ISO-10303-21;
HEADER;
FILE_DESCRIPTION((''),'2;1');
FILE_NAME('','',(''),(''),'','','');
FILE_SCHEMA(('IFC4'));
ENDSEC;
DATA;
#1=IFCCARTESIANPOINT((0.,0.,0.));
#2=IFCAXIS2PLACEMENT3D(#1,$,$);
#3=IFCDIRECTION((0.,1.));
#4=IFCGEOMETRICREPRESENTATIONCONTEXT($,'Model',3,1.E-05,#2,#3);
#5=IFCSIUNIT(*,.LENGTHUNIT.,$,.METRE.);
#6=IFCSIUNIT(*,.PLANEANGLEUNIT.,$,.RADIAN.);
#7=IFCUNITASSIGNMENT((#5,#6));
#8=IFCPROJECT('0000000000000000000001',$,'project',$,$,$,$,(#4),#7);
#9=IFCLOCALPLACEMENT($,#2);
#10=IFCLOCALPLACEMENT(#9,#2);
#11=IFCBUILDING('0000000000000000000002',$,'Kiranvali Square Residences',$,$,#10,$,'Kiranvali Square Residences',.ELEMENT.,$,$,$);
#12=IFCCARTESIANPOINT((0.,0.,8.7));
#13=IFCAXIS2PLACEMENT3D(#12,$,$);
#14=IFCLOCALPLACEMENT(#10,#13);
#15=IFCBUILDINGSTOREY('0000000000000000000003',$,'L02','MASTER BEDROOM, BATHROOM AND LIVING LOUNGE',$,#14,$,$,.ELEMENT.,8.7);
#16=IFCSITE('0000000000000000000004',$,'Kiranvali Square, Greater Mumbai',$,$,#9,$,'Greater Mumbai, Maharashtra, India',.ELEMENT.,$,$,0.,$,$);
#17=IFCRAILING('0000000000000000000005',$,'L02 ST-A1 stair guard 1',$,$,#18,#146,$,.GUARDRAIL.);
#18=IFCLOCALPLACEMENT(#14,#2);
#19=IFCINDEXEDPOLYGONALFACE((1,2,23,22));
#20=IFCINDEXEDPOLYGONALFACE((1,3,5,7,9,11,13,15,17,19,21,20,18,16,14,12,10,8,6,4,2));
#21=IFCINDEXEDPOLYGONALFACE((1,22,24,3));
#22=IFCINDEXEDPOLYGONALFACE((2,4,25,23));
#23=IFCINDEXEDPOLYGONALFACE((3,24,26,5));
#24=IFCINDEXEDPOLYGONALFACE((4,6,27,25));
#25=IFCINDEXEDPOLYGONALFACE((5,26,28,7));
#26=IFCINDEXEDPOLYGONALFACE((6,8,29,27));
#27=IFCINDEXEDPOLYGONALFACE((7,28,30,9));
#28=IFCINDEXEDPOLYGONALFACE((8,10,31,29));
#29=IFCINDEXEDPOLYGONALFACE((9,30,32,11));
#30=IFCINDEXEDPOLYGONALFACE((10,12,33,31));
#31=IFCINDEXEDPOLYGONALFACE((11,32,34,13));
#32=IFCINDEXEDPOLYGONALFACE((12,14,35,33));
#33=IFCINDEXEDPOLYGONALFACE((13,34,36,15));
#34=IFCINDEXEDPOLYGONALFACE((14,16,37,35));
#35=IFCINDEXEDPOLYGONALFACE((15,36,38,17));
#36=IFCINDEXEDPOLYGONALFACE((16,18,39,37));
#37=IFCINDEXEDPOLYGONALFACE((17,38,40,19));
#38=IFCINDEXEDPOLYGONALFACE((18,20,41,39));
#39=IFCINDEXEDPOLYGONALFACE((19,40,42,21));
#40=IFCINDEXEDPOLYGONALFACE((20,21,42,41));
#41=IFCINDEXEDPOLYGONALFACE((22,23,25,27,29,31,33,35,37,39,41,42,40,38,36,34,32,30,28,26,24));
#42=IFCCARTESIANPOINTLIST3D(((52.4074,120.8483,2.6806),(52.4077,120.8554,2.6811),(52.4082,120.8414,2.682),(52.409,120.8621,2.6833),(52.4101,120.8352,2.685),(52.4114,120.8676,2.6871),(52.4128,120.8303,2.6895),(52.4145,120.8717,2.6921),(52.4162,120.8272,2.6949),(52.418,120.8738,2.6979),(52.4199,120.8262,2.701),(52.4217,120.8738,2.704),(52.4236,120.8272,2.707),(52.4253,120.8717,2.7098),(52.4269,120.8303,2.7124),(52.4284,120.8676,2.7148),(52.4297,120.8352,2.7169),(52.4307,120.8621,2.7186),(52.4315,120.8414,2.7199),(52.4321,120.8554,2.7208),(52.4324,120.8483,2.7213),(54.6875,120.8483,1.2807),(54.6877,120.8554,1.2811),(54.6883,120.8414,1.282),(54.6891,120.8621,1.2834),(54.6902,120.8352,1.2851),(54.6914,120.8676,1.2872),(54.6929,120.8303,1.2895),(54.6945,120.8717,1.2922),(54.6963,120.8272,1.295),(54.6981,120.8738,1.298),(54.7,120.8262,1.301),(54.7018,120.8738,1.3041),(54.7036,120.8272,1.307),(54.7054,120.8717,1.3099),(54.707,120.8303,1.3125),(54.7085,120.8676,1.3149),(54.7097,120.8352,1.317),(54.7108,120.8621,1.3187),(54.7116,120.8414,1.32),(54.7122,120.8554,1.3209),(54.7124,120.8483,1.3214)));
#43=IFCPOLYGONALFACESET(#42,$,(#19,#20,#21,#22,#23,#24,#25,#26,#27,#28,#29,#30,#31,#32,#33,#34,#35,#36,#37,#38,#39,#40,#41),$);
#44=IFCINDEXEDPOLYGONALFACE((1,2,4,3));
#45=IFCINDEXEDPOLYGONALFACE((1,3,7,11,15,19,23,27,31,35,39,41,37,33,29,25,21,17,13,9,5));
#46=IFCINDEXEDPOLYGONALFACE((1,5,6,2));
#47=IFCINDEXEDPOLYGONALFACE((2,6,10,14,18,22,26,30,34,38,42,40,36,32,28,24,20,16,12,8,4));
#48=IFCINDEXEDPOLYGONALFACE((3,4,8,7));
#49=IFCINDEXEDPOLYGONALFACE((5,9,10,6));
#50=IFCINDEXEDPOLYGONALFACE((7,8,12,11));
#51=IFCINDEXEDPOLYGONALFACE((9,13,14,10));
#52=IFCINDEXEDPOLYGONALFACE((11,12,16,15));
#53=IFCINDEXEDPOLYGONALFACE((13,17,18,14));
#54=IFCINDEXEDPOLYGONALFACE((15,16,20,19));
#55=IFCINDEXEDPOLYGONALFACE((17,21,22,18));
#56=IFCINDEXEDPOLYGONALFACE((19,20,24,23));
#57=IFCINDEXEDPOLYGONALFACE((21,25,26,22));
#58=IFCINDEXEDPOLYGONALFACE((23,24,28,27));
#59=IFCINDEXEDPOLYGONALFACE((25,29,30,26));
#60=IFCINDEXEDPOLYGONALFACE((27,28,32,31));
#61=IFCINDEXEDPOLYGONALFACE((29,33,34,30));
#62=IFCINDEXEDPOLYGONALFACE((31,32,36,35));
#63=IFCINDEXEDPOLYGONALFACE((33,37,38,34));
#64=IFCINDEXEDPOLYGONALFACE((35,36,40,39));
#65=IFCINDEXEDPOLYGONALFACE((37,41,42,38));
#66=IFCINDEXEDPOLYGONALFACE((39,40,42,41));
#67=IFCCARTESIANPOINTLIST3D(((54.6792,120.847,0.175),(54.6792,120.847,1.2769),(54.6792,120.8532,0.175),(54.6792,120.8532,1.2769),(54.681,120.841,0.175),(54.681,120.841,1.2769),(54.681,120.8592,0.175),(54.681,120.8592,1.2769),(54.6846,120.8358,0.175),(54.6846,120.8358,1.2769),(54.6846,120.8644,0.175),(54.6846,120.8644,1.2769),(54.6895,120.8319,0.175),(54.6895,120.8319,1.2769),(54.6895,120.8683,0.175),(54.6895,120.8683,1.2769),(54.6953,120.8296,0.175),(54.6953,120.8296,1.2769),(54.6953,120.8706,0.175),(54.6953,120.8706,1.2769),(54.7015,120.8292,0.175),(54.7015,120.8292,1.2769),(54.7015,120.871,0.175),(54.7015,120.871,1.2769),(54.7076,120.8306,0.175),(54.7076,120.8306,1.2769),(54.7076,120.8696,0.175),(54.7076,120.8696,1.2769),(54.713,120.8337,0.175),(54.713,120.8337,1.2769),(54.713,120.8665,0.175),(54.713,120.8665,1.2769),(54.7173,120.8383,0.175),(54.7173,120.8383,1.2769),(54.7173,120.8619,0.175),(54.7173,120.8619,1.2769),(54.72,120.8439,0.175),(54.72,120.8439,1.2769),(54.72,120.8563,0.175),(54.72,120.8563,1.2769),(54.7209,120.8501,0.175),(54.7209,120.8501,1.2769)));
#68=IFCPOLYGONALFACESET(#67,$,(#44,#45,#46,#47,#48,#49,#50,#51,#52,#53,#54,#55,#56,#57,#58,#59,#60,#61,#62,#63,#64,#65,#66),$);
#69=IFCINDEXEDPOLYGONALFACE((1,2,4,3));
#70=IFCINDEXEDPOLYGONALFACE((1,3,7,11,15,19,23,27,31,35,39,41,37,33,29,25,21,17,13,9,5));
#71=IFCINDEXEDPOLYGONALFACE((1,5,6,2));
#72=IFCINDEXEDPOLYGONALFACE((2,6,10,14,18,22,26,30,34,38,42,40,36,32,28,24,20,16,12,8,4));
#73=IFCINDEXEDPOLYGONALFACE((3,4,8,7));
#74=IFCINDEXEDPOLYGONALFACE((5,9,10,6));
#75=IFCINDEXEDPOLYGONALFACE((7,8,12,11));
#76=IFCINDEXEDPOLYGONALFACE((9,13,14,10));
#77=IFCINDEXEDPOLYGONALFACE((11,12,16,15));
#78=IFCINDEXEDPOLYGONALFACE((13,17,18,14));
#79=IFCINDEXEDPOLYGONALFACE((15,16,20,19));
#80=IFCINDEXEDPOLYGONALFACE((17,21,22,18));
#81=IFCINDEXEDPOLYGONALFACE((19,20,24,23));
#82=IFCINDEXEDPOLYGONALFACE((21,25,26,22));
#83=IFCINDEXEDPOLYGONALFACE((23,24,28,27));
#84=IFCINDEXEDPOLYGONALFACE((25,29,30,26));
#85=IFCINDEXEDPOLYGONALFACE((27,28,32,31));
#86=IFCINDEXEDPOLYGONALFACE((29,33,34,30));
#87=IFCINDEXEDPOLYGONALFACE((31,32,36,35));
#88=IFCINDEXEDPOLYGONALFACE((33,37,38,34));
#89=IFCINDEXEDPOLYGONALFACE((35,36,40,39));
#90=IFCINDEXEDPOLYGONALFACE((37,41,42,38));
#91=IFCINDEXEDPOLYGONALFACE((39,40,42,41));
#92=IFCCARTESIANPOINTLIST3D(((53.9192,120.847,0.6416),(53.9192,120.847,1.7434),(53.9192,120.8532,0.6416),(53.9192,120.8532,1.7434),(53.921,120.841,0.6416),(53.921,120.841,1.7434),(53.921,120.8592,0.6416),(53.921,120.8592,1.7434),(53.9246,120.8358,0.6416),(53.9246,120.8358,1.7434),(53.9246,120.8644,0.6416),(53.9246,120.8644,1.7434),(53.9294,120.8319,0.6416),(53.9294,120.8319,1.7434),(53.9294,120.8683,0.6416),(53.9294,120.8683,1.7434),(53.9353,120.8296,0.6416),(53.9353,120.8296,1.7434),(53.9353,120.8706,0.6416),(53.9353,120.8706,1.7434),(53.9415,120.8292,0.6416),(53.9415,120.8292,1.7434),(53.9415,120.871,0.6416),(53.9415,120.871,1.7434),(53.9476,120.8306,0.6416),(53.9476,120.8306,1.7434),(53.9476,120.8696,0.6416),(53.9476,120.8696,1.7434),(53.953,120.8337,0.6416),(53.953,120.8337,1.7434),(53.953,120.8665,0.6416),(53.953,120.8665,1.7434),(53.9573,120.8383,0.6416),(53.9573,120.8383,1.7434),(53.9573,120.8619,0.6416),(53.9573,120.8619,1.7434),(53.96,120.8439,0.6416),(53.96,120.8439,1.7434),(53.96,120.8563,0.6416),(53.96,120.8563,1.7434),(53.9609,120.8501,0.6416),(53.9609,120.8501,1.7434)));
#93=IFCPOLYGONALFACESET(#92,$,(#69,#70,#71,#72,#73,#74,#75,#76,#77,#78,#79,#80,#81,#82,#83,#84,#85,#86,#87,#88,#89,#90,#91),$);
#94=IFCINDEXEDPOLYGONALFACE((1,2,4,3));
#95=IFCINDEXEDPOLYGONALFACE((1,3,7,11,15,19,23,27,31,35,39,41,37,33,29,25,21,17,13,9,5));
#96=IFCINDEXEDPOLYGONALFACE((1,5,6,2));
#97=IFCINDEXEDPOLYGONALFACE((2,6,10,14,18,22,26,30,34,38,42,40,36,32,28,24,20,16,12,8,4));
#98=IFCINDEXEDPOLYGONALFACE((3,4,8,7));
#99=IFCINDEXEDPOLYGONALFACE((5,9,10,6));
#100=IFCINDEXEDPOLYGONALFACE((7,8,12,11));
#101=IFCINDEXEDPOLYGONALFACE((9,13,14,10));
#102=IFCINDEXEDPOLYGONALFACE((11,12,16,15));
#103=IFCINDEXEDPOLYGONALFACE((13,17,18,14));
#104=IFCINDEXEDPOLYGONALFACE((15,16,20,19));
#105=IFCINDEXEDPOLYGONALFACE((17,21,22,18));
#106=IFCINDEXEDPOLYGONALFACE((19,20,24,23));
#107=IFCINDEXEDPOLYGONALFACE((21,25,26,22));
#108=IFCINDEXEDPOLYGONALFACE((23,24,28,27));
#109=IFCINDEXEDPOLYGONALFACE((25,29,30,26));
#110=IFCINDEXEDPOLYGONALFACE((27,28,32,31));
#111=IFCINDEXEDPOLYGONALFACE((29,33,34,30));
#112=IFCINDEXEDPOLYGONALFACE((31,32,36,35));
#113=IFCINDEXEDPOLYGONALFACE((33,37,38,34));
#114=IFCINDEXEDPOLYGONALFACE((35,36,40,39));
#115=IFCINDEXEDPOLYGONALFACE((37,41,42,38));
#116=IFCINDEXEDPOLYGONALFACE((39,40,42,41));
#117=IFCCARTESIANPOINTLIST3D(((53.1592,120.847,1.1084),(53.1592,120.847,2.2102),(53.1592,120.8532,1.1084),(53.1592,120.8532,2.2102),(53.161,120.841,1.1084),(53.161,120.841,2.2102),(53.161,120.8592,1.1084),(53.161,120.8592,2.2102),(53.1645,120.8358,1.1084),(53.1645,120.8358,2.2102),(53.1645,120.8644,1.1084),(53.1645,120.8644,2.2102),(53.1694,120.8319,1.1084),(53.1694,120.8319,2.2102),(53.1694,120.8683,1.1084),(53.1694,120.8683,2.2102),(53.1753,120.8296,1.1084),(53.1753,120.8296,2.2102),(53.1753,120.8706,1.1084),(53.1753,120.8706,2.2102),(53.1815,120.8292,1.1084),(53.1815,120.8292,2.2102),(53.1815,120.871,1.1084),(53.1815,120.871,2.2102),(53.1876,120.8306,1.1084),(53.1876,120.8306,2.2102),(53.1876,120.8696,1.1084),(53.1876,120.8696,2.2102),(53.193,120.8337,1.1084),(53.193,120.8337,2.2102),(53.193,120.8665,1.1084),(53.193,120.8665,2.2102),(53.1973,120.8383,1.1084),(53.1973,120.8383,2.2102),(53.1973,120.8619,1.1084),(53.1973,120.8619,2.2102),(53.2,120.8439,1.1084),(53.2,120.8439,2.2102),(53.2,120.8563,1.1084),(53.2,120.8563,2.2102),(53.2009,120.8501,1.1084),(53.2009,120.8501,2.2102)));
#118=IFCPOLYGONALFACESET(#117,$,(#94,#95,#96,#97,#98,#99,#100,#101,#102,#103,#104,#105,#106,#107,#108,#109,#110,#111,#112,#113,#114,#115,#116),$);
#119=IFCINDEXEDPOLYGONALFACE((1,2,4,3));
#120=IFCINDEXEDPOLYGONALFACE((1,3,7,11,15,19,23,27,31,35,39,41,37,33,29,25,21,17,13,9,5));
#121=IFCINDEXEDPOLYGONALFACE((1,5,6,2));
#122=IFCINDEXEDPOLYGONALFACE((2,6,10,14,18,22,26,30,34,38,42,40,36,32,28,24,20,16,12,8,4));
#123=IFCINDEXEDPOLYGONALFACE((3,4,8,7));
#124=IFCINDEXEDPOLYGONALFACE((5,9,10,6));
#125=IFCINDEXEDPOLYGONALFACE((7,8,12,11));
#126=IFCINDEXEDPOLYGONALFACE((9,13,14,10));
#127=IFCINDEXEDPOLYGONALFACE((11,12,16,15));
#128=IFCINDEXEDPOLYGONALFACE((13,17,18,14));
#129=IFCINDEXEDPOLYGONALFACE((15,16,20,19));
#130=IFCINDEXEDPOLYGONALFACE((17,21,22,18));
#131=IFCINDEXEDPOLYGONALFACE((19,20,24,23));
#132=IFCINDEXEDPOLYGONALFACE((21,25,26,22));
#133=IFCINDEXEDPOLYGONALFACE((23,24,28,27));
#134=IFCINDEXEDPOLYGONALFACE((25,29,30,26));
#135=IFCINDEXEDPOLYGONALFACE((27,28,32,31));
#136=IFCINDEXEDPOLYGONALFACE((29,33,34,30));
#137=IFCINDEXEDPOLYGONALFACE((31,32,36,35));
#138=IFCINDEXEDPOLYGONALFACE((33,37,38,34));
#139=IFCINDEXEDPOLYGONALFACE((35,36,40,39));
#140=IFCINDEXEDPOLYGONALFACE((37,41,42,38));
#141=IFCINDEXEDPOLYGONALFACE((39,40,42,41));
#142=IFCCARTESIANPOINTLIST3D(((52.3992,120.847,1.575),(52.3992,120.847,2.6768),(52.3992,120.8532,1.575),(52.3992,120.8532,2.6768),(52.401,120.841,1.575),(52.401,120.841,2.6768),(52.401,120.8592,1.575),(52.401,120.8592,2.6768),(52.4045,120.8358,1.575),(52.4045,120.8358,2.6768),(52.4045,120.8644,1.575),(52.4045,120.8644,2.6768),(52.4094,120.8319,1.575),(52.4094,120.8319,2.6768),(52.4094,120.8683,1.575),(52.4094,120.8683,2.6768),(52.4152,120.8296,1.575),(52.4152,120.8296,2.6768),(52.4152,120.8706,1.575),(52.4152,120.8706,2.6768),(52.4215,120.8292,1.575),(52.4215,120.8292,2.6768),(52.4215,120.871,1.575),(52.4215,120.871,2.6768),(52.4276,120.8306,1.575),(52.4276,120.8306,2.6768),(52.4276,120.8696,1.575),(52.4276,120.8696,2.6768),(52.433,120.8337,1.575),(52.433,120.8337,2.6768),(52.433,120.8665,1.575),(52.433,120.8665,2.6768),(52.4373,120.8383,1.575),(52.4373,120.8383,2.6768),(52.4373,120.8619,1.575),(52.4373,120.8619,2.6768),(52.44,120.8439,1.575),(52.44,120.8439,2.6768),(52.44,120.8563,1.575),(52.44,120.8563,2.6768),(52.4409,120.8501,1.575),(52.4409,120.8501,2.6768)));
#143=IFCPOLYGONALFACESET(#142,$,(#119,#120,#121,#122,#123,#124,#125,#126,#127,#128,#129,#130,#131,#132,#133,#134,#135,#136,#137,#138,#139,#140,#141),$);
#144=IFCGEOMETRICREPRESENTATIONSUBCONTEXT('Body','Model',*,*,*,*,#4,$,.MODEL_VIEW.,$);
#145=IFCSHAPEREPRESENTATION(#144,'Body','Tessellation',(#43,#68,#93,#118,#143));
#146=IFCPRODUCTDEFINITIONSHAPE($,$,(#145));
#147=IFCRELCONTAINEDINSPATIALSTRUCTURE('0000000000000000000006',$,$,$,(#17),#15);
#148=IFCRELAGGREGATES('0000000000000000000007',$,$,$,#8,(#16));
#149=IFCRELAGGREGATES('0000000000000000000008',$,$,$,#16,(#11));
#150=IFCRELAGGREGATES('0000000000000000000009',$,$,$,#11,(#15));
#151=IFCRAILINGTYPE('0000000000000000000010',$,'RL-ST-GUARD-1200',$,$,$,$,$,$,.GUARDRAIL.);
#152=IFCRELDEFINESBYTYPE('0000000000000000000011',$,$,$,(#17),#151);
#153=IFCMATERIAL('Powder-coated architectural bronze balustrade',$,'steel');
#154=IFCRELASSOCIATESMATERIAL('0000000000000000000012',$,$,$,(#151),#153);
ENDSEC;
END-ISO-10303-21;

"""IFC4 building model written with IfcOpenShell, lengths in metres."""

from ifc_helpers import new_model, si_unit, direction, frame, origin, origin_2d, place, context, subcontext, project, spatial, circle, extrude, material, type_object, element, save


model = new_model("IFC4")

# Units and contexts
model_context = context("Model", 3, precision=1e-05, world=origin(), true_north=direction((0.0, 1.0)))
body_context = subcontext(model_context, "Body", "Model", "MODEL_VIEW")
ifc_project = project(units=[si_unit("LENGTHUNIT", "METRE"), si_unit("PLANEANGLEUNIT", "RADIAN")], contexts=[model_context])

# Site, building, storey
site_placement = place(None, origin())
site = spatial("IfcSite", under=ifc_project, at=site_placement, Name="Kiranvali Square, Greater Mumbai", LongName="Greater Mumbai, Maharashtra, India", CompositionType="ELEMENT", RefElevation=0.0)
building_placement = place(site_placement, origin())
building = spatial("IfcBuilding", under=site, at=building_placement, Name="Kiranvali Square Residences", LongName="Kiranvali Square Residences", CompositionType="ELEMENT")
storey_placement = place(building_placement, frame((0.0, 0.0, 8.7)))
storey = spatial("IfcBuildingStorey", under=building, at=storey_placement, Name="L02", Description="MASTER BEDROOM, BATHROOM AND LIVING LOUNGE", CompositionType="ELEMENT", Elevation=8.7)

# Railing
ifc_material_1 = material(Name="Powder-coated architectural bronze balustrade", Category="steel")
railing_type_1 = type_object("IfcRailingType", Name="RL-ST-GUARD-1200", PredefinedType="GUARDRAIL", material=ifc_material_1)
railing_1_placement = place(storey_placement, frame((54.7, 120.8501, 0.175)))
element("IfcRailing", 1, at=railing_1_placement, inside=storey, type_object=railing_type_1, Name="L02 ST-A1 stair guard 1", PredefinedType="GUARDRAIL", context=body_context, shape_type="SweptSolid", body=[
    extrude(circle(Radius=0.0239, at=origin_2d()), frame((0.0, 0.0, 1.126), z_axis=(-0.85219, 0.0, 0.523232), x_axis=(0.0, -1.0, 0.0)), (0.0, 0.0, 1.0), 2.6755),
    extrude(circle(Radius=0.021, at=origin_2d()), origin(), (0.0, 0.0, 1.0), 1.1018),
    extrude(circle(Radius=0.021, at=origin_2d()), frame((-0.76, 0.0, 0.4666)), (0.0, 0.0, 1.0), 1.1018),
    extrude(circle(Radius=0.021, at=origin_2d()), frame((-1.52, 0.0, 0.9333)), (0.0, 0.0, 1.0), 1.1018),
    extrude(circle(Radius=0.021, at=origin_2d()), frame((-2.28, 0.0, 1.3999)), (0.0, 0.0, 1.0), 1.1018),
])

save(model, "model.ifc")
